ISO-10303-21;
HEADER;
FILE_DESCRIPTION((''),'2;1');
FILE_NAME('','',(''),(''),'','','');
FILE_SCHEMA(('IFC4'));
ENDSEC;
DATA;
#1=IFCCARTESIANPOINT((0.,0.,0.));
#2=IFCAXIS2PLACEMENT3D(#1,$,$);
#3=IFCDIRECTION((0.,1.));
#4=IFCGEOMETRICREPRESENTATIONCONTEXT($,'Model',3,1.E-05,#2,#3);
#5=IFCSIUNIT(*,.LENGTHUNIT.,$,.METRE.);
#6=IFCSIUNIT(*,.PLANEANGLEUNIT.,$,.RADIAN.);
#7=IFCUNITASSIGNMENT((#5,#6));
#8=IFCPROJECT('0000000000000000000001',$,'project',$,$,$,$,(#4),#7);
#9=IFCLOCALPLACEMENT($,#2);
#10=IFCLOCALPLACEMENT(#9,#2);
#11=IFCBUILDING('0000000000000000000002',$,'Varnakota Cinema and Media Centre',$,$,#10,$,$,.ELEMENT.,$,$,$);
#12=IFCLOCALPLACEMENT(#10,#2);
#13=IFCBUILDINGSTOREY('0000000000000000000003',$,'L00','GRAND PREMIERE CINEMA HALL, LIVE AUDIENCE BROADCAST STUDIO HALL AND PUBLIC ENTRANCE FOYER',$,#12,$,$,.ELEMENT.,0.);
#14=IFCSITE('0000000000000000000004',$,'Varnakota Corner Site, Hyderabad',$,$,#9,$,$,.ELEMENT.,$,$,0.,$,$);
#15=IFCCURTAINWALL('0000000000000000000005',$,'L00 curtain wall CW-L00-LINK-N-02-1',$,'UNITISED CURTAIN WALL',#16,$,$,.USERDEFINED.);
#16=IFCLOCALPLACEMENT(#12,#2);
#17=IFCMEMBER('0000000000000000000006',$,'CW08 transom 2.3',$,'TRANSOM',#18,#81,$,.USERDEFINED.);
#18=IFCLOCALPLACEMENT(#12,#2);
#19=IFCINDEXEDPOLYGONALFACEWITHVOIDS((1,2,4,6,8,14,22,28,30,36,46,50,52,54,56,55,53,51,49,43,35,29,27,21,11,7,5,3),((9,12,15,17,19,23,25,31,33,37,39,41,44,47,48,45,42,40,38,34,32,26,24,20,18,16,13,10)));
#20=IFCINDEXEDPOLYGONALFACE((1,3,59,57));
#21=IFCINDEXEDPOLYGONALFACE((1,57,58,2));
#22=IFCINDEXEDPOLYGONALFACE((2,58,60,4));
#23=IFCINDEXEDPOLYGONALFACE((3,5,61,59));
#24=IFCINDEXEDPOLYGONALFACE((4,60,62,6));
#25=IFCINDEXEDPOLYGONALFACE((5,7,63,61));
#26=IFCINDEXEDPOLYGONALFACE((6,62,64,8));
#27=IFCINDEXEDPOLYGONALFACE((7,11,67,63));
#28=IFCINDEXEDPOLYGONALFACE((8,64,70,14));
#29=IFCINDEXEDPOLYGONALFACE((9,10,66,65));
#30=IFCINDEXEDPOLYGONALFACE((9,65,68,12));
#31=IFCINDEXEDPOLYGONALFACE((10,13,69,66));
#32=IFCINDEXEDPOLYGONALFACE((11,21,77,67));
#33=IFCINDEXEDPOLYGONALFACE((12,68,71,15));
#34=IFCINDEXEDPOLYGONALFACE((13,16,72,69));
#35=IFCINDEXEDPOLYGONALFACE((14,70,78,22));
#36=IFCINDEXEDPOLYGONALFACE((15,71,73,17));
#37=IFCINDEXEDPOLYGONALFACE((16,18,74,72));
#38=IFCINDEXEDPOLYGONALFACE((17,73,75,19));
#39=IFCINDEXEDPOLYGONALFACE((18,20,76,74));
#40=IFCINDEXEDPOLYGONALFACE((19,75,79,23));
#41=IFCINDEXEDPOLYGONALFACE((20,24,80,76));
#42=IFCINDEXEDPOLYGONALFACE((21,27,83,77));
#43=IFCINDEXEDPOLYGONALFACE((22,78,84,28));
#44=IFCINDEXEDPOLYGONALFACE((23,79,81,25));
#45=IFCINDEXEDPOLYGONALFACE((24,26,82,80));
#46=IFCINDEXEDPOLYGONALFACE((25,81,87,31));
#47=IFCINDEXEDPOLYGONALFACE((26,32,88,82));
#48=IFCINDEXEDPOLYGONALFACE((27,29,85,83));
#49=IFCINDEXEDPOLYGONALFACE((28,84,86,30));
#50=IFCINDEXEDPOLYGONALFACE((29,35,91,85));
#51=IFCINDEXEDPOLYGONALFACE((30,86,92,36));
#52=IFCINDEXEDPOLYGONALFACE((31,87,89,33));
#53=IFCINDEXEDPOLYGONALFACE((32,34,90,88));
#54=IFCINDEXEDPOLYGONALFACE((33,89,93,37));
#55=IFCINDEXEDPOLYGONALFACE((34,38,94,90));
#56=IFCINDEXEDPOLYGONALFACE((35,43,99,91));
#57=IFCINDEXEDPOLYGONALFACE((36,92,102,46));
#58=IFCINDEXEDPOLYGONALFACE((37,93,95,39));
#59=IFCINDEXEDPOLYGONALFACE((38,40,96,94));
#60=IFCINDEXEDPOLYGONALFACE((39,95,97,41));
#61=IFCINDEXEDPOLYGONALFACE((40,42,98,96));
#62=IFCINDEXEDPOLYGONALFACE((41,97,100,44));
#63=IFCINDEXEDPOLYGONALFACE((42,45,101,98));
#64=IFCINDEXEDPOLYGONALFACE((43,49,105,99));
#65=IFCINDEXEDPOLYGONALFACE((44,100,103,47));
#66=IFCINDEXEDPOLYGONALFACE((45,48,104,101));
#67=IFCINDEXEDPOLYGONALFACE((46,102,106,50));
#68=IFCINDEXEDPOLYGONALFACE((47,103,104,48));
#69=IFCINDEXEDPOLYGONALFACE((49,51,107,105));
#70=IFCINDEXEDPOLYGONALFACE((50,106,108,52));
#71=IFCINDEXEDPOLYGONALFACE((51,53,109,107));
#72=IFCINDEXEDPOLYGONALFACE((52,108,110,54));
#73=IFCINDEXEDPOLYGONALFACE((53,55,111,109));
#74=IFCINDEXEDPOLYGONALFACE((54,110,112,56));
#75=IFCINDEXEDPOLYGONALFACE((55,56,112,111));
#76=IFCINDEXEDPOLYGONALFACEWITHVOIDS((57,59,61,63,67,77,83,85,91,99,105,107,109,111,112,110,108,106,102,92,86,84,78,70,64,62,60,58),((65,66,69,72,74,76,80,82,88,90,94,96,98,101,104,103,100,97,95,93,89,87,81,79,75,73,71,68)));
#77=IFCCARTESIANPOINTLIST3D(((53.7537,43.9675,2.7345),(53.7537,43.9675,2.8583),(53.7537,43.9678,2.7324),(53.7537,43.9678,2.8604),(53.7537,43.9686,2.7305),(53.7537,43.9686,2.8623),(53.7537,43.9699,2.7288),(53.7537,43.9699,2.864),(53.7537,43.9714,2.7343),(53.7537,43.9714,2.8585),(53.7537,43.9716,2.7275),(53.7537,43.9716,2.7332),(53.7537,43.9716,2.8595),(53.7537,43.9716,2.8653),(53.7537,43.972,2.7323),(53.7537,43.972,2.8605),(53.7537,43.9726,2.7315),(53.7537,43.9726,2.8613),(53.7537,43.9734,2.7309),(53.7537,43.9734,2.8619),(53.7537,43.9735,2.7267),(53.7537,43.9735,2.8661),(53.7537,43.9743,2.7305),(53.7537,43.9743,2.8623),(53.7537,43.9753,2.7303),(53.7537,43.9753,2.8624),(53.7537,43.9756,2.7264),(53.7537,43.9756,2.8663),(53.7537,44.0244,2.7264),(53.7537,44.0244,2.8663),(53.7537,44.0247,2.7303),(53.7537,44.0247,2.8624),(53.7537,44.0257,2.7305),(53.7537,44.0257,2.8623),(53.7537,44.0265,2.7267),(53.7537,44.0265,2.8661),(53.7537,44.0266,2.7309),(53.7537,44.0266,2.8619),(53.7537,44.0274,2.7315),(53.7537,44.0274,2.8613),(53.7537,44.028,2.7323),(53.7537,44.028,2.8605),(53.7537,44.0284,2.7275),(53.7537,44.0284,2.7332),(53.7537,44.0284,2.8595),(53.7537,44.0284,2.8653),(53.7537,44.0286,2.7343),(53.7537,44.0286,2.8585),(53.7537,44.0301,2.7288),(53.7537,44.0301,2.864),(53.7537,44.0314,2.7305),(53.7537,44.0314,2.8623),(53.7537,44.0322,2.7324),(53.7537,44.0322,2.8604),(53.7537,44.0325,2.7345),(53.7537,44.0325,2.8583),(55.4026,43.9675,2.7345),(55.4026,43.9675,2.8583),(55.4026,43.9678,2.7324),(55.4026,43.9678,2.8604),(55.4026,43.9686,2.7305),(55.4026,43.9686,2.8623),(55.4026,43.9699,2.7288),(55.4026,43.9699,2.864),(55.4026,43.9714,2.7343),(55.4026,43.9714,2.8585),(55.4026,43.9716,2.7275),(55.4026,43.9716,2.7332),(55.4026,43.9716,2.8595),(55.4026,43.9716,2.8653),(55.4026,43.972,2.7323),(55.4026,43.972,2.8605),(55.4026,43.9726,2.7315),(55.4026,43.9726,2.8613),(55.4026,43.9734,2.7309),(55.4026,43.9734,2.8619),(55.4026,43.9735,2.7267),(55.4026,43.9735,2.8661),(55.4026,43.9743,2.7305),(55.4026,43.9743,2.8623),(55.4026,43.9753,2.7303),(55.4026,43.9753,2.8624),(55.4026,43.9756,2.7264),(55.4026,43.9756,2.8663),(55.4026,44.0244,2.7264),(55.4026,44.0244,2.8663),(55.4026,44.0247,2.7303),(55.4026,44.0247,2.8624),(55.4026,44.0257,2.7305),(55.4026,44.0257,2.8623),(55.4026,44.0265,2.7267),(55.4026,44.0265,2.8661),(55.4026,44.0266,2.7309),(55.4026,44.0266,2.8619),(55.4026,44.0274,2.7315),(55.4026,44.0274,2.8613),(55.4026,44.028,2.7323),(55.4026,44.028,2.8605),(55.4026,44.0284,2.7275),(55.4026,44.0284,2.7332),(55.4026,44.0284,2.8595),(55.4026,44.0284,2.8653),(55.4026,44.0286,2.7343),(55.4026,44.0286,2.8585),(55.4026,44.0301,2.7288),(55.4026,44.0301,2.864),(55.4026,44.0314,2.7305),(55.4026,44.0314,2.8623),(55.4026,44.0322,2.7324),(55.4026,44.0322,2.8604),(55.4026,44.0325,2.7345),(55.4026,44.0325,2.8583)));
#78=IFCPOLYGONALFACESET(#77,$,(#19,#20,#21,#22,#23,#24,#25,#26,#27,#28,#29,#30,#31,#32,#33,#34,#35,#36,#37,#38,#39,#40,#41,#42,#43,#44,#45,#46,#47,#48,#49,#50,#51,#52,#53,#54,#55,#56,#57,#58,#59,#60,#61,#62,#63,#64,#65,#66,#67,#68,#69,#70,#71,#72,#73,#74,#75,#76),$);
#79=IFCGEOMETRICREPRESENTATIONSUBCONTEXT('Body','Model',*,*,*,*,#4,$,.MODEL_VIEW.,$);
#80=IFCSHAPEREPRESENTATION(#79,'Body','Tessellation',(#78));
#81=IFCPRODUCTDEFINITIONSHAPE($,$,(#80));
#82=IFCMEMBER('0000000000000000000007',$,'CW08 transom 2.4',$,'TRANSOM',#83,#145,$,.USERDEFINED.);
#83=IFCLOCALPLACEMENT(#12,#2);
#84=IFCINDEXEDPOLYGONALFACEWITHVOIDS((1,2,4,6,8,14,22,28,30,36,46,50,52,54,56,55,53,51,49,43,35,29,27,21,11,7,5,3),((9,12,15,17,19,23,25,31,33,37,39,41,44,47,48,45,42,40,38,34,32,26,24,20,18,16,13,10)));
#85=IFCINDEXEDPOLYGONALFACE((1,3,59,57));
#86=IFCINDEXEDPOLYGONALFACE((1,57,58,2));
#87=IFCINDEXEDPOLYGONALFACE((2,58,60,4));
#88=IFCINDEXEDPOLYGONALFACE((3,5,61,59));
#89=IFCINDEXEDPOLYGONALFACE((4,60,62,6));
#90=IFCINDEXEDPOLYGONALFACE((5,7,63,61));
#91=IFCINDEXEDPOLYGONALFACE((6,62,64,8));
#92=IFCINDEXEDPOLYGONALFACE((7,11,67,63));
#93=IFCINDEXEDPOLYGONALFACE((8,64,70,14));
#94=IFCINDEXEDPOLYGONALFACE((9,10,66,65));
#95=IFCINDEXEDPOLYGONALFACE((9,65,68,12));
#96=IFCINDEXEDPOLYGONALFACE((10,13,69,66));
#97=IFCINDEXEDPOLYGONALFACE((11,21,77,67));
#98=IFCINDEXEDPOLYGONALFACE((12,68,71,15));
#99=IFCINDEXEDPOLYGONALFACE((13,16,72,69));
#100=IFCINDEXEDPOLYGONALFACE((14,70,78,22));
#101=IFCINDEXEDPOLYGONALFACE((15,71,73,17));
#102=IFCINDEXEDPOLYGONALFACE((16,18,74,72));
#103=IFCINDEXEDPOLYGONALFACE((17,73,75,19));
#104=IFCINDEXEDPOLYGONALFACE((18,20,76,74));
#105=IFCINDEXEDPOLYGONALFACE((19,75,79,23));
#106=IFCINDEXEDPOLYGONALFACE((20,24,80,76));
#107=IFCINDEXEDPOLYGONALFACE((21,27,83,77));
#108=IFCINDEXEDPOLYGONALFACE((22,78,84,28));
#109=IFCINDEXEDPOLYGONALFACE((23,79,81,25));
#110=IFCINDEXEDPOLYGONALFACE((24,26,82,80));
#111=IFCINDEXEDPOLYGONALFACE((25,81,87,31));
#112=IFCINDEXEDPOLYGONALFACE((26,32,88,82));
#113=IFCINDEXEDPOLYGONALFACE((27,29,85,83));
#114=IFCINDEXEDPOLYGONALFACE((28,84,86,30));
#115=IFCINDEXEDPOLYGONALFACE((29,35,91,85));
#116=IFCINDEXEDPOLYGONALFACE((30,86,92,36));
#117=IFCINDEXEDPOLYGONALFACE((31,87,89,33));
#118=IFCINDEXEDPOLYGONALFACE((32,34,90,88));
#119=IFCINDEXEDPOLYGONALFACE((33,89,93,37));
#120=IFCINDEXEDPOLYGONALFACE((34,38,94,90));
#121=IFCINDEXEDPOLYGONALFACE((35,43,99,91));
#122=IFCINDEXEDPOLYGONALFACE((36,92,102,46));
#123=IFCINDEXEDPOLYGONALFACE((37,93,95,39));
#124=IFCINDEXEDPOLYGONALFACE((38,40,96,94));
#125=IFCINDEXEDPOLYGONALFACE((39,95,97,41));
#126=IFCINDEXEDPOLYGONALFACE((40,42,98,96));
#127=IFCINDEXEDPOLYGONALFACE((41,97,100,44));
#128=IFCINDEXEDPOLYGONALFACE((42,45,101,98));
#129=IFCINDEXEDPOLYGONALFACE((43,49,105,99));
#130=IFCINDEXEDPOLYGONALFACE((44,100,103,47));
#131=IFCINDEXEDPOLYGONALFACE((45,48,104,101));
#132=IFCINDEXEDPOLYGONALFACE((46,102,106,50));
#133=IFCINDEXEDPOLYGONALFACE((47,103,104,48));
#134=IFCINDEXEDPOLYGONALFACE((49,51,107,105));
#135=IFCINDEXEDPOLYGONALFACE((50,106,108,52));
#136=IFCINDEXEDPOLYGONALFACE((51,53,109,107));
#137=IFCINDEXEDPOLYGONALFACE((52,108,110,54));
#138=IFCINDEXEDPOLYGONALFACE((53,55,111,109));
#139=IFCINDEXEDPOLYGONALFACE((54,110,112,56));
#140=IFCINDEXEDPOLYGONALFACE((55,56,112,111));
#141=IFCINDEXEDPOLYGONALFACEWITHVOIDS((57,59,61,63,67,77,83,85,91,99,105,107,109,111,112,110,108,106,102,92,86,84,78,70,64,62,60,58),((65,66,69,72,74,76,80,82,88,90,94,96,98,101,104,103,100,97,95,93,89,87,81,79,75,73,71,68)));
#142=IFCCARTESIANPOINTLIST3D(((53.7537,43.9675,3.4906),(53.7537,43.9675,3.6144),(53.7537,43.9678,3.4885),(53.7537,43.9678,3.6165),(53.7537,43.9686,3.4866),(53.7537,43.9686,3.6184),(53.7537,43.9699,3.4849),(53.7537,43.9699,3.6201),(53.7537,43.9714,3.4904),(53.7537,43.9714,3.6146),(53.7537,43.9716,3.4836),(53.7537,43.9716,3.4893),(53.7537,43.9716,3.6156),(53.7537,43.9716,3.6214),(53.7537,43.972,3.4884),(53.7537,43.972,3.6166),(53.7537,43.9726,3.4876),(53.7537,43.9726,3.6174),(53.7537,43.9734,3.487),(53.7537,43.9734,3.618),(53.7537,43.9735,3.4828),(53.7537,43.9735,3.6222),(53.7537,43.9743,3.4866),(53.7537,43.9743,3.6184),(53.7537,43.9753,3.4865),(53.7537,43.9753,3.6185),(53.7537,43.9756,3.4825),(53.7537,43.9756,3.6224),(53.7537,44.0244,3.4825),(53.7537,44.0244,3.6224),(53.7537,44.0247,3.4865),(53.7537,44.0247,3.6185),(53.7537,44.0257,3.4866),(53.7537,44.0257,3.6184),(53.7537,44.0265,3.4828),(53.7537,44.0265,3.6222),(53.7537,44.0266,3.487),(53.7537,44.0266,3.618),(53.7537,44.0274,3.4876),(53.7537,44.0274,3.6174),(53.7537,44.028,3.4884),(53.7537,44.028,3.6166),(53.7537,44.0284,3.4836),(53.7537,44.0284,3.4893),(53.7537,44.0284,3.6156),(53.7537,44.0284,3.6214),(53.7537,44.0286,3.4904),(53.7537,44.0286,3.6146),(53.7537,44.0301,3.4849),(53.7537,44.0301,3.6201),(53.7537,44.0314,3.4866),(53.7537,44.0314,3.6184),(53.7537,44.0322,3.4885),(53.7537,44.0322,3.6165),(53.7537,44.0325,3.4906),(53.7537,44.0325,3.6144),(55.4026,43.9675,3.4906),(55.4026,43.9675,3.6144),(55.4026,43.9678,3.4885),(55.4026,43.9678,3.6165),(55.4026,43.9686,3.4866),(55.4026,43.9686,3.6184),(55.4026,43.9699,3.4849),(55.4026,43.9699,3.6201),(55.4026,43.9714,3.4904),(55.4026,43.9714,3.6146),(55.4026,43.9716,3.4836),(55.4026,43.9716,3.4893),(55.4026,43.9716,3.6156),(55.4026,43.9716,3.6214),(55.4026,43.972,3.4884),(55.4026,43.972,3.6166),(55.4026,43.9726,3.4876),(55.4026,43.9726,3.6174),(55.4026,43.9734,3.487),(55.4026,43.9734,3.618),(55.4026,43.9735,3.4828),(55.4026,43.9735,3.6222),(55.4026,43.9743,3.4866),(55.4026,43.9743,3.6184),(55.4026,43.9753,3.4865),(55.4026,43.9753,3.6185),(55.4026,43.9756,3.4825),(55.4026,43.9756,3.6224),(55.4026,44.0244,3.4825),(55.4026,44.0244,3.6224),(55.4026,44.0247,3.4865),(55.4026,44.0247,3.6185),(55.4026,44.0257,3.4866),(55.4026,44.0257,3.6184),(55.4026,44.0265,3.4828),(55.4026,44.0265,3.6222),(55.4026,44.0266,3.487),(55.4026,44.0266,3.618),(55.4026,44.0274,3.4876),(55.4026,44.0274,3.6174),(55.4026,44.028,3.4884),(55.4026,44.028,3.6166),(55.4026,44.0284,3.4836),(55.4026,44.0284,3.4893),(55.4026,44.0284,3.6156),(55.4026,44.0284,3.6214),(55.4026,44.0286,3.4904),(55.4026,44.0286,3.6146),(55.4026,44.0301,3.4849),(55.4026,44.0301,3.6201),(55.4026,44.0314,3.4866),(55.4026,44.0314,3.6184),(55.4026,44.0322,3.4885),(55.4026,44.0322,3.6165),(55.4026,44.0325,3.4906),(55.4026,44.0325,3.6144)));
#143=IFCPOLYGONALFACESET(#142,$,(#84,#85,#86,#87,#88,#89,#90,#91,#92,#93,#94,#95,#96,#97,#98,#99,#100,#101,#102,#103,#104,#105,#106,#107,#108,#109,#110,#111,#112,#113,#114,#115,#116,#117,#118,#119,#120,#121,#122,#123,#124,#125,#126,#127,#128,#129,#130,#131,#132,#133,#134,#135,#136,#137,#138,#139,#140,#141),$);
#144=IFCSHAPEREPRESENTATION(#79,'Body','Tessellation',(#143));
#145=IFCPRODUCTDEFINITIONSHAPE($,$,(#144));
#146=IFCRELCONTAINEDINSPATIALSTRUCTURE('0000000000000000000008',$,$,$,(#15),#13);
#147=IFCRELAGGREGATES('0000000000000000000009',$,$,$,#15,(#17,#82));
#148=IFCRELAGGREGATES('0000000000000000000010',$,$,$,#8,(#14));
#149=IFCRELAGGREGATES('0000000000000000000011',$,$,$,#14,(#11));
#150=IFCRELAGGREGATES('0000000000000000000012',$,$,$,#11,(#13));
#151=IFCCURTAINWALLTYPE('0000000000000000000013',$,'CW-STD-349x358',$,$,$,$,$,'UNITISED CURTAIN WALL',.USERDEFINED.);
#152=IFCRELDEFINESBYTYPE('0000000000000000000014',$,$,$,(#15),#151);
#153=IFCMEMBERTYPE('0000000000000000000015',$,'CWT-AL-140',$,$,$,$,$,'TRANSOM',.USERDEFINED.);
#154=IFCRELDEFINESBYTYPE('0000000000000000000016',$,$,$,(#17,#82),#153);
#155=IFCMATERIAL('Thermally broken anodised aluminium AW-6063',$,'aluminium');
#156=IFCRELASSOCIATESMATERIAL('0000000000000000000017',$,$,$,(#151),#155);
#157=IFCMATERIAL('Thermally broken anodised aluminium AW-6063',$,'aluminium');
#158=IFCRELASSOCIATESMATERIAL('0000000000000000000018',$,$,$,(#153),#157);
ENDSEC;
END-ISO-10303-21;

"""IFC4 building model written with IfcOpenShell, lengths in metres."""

from ifc_helpers import new_model, si_unit, direction, frame, origin, origin_2d, place, context, subcontext, project, spatial, hollow_rectangle, extrude, material, material_profile, profile_set, type_object, element, aggregate, save


model = new_model("IFC4")

# Units and contexts
model_context = context("Model", 3, precision=1e-05, world=origin(), true_north=direction((0.0, 1.0)))
body_context = subcontext(model_context, "Body", "Model", "MODEL_VIEW")
ifc_project = project(units=[si_unit("LENGTHUNIT", "METRE"), si_unit("PLANEANGLEUNIT", "RADIAN")], contexts=[model_context])

# Site, building, storey
site_placement = place(None, origin())
site = spatial("IfcSite", under=ifc_project, at=site_placement, Name="Varnakota Corner Site, Hyderabad", CompositionType="ELEMENT", RefElevation=0.0)
building_placement = place(site_placement, origin())
building = spatial("IfcBuilding", under=site, at=building_placement, Name="Varnakota Cinema and Media Centre", CompositionType="ELEMENT")
storey_placement = place(building_placement, origin())
storey = spatial("IfcBuildingStorey", under=building, at=storey_placement, Name="L00", Description="GRAND PREMIERE CINEMA HALL, LIVE AUDIENCE BROADCAST STUDIO HALL AND PUBLIC ENTRANCE FOYER", CompositionType="ELEMENT", Elevation=0.0)

# Curtain wall
ifc_material_1 = material(Name="Thermally broken anodised aluminium AW-6063", Category="aluminium")
curtain_wall_type_1 = type_object("IfcCurtainWallType", Name="CW-STD-349x358", ElementType="UNITISED CURTAIN WALL", PredefinedType="USERDEFINED", material=ifc_material_1)
curtain_wall_1_placement = place(storey_placement, origin())
curtain_wall_1 = element("IfcCurtainWall", 1, at=curtain_wall_1_placement, inside=storey, type_object=curtain_wall_type_1, Name="L00 curtain wall CW-L00-LINK-N-02-1", ObjectType="UNITISED CURTAIN WALL", PredefinedType="USERDEFINED")

# Members
ifc_material_2 = material(Name="Thermally broken anodised aluminium AW-6063", Category="aluminium")
ifc_material_profile_1 = material_profile(ifc_material_2, hollow_rectangle(XDim=0.0649, YDim=0.1399, WallThickness=0.0039, InnerFilletRadius=0.0039, OuterFilletRadius=0.0081, at=origin_2d()), Name="AL-TRANSOM 140x65x4")
ifc_profile_set_1 = profile_set([ifc_material_profile_1], Name="Thermally broken anodised aluminium AW-6063")
member_type_1 = type_object("IfcMemberType", Name="CWT-AL-140", ElementType="TRANSOM", PredefinedType="USERDEFINED", material=ifc_profile_set_1)
member_1_placement = place(storey_placement, frame((53.7537, 44.0, 2.7964), z_axis=(1.0, 0.0, 0.0), x_axis=(0.0, 1.0, 0.0)))
member_1 = element("IfcMember", 2, at=member_1_placement, type_object=member_type_1, Name="CW08 transom 2.3", ObjectType="TRANSOM", PredefinedType="USERDEFINED", context=body_context, shape_type="SweptSolid", body=[
    extrude(hollow_rectangle(XDim=0.0649, YDim=0.1399, WallThickness=0.0039, InnerFilletRadius=0.0039, OuterFilletRadius=0.0081, at=origin_2d()), origin(), (0.0, 0.0, 1.0), 1.6489),
])
member_2_placement = place(storey_placement, frame((53.7537, 44.0, 3.5525), z_axis=(1.0, 0.0, 0.0), x_axis=(0.0, 1.0, 0.0)))
member_2 = element("IfcMember", 3, at=member_2_placement, type_object=member_type_1, Name="CW08 transom 2.4", ObjectType="TRANSOM", PredefinedType="USERDEFINED", context=body_context, shape_type="SweptSolid", body=[
    extrude(hollow_rectangle(XDim=0.0649, YDim=0.1399, WallThickness=0.0039, InnerFilletRadius=0.0039, OuterFilletRadius=0.0081, at=origin_2d()), origin(), (0.0, 0.0, 1.0), 1.6489),
])

aggregate(curtain_wall_1, [member_1, member_2])

save(model, "model.ifc")
